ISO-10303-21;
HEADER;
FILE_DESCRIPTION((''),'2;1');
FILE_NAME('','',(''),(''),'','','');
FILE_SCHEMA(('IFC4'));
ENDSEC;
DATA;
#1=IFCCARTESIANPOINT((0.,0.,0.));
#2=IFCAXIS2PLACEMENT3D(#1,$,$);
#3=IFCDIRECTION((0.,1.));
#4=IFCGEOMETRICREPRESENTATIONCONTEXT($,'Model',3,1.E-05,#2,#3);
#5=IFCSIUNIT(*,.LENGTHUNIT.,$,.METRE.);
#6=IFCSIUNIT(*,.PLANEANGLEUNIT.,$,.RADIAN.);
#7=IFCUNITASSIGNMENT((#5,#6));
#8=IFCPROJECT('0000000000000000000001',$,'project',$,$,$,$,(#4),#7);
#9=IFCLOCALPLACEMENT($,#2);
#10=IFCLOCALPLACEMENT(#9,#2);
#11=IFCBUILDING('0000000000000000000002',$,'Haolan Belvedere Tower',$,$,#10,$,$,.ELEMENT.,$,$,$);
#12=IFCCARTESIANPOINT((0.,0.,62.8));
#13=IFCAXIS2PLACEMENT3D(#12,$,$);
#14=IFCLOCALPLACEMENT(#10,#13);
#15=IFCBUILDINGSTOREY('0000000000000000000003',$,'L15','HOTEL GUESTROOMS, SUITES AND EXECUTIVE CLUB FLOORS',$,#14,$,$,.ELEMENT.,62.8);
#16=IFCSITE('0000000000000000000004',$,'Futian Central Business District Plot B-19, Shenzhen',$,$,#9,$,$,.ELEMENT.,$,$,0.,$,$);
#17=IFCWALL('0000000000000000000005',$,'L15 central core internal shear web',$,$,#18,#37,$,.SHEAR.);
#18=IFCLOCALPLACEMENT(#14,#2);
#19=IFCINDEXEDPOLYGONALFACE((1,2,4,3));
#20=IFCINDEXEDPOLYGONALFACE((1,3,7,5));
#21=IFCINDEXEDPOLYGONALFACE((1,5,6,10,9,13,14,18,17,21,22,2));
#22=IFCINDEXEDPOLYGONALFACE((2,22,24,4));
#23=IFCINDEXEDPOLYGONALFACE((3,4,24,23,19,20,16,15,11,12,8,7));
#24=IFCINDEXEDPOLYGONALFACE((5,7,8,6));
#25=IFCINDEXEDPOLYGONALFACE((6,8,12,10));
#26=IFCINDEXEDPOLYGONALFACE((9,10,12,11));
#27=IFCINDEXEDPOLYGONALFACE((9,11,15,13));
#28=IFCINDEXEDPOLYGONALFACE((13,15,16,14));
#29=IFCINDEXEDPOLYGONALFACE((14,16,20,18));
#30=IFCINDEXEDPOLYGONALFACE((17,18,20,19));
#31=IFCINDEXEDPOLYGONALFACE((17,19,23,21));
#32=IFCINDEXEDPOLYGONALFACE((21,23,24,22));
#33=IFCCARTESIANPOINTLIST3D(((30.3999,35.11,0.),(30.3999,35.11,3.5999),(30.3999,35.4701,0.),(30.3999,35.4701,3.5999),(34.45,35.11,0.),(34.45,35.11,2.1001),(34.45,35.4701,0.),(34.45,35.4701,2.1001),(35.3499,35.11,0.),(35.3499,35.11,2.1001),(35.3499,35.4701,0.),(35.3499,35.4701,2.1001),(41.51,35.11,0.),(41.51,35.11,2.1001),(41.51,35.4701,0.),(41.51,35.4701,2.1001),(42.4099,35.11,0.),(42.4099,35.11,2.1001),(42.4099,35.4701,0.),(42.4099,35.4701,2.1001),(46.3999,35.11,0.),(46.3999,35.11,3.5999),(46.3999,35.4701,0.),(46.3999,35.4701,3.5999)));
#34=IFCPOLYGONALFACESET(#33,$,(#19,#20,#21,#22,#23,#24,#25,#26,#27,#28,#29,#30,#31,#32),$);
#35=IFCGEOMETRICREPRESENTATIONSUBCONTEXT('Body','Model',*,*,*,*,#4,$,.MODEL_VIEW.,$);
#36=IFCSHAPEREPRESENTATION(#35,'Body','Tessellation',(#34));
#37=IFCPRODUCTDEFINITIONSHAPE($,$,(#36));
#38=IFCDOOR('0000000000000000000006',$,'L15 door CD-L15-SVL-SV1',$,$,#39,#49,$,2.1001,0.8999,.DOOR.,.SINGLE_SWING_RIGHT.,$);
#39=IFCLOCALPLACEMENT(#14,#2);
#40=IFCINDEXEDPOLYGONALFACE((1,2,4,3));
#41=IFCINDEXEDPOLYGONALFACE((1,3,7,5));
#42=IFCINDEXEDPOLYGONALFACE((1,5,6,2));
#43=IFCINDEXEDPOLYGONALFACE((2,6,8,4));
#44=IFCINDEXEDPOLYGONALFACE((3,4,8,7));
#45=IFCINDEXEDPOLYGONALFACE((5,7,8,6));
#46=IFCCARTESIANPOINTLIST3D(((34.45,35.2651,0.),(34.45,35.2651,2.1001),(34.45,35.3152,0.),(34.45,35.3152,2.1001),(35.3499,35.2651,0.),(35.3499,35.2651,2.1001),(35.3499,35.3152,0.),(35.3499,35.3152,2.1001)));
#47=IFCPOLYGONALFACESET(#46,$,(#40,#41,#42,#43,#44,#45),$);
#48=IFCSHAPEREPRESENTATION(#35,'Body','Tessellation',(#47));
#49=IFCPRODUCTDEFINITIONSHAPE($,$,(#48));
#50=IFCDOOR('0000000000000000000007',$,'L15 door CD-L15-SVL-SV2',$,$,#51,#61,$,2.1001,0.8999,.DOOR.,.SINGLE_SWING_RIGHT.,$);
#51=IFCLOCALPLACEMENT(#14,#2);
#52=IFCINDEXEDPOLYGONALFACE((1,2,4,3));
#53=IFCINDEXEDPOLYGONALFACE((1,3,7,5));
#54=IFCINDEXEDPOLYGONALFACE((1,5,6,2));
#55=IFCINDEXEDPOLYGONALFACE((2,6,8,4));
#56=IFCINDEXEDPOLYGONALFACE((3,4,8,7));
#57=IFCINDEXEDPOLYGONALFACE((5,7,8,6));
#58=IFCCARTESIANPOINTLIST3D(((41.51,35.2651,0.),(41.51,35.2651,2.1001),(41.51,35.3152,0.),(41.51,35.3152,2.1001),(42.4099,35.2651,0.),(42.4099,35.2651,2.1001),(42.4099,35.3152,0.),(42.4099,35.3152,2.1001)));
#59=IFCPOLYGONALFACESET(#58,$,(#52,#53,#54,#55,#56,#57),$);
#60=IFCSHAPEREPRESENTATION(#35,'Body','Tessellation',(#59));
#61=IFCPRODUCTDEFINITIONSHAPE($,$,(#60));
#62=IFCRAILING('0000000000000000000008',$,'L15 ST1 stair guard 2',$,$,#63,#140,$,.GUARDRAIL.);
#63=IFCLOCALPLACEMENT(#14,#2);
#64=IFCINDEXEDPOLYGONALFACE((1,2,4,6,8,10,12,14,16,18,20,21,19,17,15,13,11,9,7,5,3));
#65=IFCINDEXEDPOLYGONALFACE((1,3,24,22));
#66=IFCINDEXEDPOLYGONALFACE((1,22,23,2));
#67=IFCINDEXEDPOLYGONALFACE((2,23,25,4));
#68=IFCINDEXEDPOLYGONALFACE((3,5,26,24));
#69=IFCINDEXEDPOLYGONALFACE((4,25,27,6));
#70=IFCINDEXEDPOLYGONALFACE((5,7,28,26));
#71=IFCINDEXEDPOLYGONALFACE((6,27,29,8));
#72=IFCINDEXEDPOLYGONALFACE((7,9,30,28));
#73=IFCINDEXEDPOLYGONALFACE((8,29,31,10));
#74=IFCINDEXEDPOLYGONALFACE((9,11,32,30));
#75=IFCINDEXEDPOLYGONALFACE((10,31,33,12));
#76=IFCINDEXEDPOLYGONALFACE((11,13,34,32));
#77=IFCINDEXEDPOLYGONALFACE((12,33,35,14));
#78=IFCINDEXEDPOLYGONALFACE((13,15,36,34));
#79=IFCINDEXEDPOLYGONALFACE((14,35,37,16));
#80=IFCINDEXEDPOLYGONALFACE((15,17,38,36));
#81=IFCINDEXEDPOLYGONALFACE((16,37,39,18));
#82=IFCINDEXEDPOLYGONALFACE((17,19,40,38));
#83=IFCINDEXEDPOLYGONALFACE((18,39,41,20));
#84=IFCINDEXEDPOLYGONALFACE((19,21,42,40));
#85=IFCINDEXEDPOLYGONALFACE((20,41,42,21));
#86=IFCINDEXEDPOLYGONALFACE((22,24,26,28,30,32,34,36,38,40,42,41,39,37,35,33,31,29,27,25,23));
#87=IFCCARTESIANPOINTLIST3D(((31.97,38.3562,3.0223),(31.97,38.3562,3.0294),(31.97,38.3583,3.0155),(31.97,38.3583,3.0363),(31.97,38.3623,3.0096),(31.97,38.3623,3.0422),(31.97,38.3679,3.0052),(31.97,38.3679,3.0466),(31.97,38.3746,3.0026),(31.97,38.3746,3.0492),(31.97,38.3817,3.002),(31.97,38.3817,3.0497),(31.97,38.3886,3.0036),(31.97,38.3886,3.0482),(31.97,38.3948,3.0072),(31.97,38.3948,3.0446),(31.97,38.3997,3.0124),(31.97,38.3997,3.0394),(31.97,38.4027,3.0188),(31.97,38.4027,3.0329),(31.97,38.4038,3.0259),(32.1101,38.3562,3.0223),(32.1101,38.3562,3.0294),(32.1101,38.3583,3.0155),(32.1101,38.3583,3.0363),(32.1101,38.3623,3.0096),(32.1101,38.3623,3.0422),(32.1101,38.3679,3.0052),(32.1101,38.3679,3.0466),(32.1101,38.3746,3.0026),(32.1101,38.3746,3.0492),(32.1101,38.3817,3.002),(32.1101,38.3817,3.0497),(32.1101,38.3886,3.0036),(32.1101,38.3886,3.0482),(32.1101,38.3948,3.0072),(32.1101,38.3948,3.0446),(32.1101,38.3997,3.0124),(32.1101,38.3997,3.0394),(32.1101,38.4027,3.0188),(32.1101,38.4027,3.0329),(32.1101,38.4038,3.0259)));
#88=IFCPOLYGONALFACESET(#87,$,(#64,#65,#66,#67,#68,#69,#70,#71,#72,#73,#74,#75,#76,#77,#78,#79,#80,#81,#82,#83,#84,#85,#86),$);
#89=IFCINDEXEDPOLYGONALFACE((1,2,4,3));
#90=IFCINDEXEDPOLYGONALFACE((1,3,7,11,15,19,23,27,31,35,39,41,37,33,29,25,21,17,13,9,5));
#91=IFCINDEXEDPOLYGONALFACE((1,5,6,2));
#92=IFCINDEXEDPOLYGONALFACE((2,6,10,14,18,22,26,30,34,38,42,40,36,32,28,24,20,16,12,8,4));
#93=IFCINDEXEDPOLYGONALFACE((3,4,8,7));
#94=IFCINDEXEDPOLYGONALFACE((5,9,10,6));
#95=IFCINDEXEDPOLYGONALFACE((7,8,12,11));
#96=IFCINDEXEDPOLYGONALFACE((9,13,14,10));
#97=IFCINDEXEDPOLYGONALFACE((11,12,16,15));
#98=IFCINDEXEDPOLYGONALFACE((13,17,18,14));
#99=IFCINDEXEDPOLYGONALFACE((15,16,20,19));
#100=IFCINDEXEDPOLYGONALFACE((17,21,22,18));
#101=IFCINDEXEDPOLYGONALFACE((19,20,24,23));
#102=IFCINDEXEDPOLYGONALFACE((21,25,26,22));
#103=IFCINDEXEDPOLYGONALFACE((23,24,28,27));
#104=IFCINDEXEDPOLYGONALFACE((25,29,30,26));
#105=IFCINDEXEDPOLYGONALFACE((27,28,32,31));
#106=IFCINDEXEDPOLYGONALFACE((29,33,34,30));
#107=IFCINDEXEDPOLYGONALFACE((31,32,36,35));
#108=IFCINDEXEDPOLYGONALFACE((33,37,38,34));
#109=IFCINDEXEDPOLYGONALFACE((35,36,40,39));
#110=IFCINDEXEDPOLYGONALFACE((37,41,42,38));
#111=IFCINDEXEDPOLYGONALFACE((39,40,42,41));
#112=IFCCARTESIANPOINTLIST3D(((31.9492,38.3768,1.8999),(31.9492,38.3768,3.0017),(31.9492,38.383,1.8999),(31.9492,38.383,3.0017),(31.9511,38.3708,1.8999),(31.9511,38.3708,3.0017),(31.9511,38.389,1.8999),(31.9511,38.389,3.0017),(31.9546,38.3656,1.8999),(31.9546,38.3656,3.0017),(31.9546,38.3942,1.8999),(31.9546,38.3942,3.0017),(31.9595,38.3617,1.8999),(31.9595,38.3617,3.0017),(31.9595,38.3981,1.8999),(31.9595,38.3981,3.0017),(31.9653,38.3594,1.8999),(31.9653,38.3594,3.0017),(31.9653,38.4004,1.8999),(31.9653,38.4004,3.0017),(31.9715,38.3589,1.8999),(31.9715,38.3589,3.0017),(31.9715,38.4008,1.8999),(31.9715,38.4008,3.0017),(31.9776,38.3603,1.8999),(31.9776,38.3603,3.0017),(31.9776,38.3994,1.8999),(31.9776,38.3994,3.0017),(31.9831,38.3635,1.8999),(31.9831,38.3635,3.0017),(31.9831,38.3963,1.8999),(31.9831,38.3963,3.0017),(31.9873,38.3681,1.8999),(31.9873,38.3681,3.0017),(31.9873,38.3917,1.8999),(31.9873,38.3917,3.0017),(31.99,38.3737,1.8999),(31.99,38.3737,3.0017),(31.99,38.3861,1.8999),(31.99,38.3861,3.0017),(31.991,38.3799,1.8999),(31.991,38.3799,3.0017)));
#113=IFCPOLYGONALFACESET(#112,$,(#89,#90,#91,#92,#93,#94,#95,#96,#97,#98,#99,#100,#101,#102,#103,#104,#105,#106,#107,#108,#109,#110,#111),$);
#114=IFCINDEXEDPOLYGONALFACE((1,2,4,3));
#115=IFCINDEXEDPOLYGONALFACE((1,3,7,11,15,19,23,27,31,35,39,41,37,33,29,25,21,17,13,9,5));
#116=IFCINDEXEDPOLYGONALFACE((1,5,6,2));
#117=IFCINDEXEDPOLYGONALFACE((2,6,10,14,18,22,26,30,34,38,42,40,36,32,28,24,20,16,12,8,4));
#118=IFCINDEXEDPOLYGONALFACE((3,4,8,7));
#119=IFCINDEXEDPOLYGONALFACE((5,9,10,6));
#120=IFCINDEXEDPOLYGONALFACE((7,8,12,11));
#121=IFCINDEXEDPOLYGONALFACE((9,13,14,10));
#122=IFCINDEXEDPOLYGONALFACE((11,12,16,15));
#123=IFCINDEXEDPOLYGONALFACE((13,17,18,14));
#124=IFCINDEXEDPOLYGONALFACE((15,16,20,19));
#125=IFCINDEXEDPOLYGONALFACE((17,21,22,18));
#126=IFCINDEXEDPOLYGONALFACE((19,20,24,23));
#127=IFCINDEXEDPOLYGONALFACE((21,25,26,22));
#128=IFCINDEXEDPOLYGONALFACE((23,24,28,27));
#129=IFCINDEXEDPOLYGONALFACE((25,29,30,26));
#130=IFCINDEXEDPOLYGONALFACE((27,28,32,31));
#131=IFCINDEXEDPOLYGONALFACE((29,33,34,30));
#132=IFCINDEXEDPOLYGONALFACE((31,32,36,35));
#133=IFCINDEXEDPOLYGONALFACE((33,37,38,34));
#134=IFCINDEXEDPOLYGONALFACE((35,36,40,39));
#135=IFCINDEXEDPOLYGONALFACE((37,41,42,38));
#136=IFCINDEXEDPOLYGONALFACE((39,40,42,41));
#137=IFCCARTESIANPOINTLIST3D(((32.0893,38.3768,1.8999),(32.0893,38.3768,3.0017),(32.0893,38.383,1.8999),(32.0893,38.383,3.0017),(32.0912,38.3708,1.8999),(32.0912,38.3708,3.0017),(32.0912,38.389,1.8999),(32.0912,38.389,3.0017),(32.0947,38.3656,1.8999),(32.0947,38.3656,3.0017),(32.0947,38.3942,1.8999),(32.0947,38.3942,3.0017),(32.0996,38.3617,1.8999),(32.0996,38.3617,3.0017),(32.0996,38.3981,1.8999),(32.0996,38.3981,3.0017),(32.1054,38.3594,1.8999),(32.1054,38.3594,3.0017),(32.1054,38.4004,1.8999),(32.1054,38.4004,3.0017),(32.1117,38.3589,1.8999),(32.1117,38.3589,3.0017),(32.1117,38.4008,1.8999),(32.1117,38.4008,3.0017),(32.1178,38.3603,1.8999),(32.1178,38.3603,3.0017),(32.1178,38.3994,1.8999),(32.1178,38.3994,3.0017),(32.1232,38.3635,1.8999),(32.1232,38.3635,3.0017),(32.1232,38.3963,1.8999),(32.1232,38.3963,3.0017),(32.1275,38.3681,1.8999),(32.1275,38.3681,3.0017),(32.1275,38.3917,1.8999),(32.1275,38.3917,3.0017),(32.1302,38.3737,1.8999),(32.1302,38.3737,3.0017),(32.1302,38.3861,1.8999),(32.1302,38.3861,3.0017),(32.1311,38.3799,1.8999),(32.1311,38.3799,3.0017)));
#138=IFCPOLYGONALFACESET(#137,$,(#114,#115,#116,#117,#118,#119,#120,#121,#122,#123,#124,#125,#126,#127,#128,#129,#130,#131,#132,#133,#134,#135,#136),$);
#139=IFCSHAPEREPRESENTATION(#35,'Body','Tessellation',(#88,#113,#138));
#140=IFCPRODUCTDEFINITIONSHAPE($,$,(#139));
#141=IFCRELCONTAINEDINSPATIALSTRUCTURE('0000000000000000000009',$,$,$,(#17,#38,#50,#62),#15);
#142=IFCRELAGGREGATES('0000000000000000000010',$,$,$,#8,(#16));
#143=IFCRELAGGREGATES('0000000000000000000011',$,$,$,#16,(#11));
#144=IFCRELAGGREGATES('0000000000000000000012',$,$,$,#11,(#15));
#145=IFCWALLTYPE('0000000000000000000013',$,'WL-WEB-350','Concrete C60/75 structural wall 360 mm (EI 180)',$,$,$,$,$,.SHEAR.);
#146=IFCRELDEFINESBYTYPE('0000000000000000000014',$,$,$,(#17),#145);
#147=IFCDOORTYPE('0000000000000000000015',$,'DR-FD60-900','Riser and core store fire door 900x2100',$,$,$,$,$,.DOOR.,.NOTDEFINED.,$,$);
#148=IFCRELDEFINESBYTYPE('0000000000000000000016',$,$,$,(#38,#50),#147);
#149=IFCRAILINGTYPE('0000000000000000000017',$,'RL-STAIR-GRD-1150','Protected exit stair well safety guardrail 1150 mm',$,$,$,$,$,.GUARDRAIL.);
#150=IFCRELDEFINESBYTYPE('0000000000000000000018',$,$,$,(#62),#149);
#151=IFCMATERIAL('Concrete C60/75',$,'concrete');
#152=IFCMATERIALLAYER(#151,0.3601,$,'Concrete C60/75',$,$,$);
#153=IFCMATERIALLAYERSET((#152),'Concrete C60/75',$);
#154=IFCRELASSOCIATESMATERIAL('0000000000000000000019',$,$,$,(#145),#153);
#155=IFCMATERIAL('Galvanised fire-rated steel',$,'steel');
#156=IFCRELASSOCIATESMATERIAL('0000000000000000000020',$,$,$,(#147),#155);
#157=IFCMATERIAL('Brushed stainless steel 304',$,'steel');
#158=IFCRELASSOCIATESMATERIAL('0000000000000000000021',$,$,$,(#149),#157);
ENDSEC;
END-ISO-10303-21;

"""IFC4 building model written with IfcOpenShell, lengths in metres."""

from ifc_helpers import new_model, si_unit, direction, frame, frame_2d, origin, origin_2d, place, context, subcontext, project, spatial, rectangle, circle, extrude, material, layer, layer_set, type_object, element, fill, save


model = new_model("IFC4")

# Units and contexts
model_context = context("Model", 3, precision=1e-05, world=origin(), true_north=direction((0.0, 1.0)))
body_context = subcontext(model_context, "Body", "Model", "MODEL_VIEW")
ifc_project = project(units=[si_unit("LENGTHUNIT", "METRE"), si_unit("PLANEANGLEUNIT", "RADIAN")], contexts=[model_context])

# Site, building, storey
site_placement = place(None, origin())
site = spatial("IfcSite", under=ifc_project, at=site_placement, Name="Futian Central Business District Plot B-19, Shenzhen", CompositionType="ELEMENT", RefElevation=0.0)
building_placement = place(site_placement, origin())
building = spatial("IfcBuilding", under=site, at=building_placement, Name="Haolan Belvedere Tower", CompositionType="ELEMENT")
storey_placement = place(building_placement, frame((0.0, 0.0, 62.8)))
storey = spatial("IfcBuildingStorey", under=building, at=storey_placement, Name="L15", Description="HOTEL GUESTROOMS, SUITES AND EXECUTIVE CLUB FLOORS", CompositionType="ELEMENT", Elevation=62.8)

# Shared definitions
ifc_material_1 = material(Name="Concrete C60/75", Category="concrete")

# Wall, openings, doors
ifc_layer_1 = layer(ifc_material_1, 0.3601, Name="Concrete C60/75")
ifc_layer_set_1 = layer_set([ifc_layer_1], Name="Concrete C60/75")
wall_type_1 = type_object("IfcWallType", Name="WL-WEB-350", Description="Concrete C60/75 structural wall 360 mm (EI 180)", PredefinedType="SHEAR", material=ifc_layer_set_1)
wall_1_placement = place(storey_placement, frame((30.3999, 35.29, 0.0), z_axis=(0.0, 0.0, 1.0), x_axis=(1.0, 0.0, 0.0)))
wall_1 = element("IfcWall", 1, at=wall_1_placement, inside=storey, type_object=wall_type_1, Name="L15 central core internal shear web", PredefinedType="SHEAR", context=body_context, shape_type="SweptSolid", body=[
    extrude(rectangle(XDim=16.0, YDim=0.3601, at=frame_2d((8.0, 0.0))), origin(), (0.0, 0.0, 1.0), 3.5999),
])
opening_1_placement = place(wall_1_placement, frame((4.95, 0.0, 0.0), z_axis=(0.0, 0.0, 1.0), x_axis=(-1.0, 0.0, 0.0)))
opening_1 = element("IfcOpeningElement", 2, at=opening_1_placement, cuts=wall_1, PredefinedType="OPENING", context=body_context, shape_type="SweptSolid", body=[
    extrude(rectangle(XDim=0.8999, YDim=2.1001, at=frame_2d((0.45, 1.05))), frame((0.0, 0.1899, 0.0), z_axis=(0.0, -1.0, 0.0), x_axis=(1.0, 0.0, 0.0)), (0.0, 0.0, 1.0), 0.3801),
])
opening_2_placement = place(wall_1_placement, frame((12.01, 0.0, 0.0), z_axis=(0.0, 0.0, 1.0), x_axis=(-1.0, 0.0, 0.0)))
opening_2 = element("IfcOpeningElement", 3, at=opening_2_placement, cuts=wall_1, PredefinedType="OPENING", context=body_context, shape_type="SweptSolid", body=[
    extrude(rectangle(XDim=0.8999, YDim=2.1001, at=frame_2d((0.45, 1.05))), frame((0.0, 0.1899, 0.0), z_axis=(0.0, -1.0, 0.0), x_axis=(1.0, 0.0, 0.0)), (0.0, 0.0, 1.0), 0.3801),
])
ifc_material_2 = material(Name="Galvanised fire-rated steel", Category="steel")
door_type_1 = type_object("IfcDoorType", Name="DR-FD60-900", Description="Riser and core store fire door 900x2100", OperationType="NOTDEFINED", PredefinedType="DOOR", material=ifc_material_2)
door_1_placement = place(opening_1_placement, origin())
door_1 = element("IfcDoor", 4, at=door_1_placement, inside=storey, type_object=door_type_1, Name="L15 door CD-L15-SVL-SV1", OperationType="SINGLE_SWING_RIGHT", OverallHeight=2.1001, OverallWidth=0.8999, PredefinedType="DOOR", context=body_context, shape_type="SweptSolid", body=[
    extrude(rectangle(XDim=0.8999, YDim=2.1001, at=frame_2d((0.45, 1.05))), frame((0.0, 0.0249, 0.0), z_axis=(0.0, -1.0, 0.0), x_axis=(1.0, 0.0, 0.0)), (0.0, 0.0, 1.0), 0.05),
])
fill(opening_1, door_1)
door_2_placement = place(opening_2_placement, origin())
door_2 = element("IfcDoor", 5, at=door_2_placement, inside=storey, type_object=door_type_1, Name="L15 door CD-L15-SVL-SV2", OperationType="SINGLE_SWING_RIGHT", OverallHeight=2.1001, OverallWidth=0.8999, PredefinedType="DOOR", context=body_context, shape_type="SweptSolid", body=[
    extrude(rectangle(XDim=0.8999, YDim=2.1001, at=frame_2d((0.45, 1.05))), frame((0.0, 0.0249, 0.0), z_axis=(0.0, -1.0, 0.0), x_axis=(1.0, 0.0, 0.0)), (0.0, 0.0, 1.0), 0.05),
])
fill(opening_2, door_2)

# Railing
ifc_material_3 = material(Name="Brushed stainless steel 304", Category="steel")
railing_type_1 = type_object("IfcRailingType", Name="RL-STAIR-GRD-1150", Description="Protected exit stair well safety guardrail 1150 mm", PredefinedType="GUARDRAIL", material=ifc_material_3)
railing_1_placement = place(storey_placement, frame((31.97, 38.3799, 1.8999)))
element("IfcRailing", 6, at=railing_1_placement, inside=storey, type_object=railing_type_1, Name="L15 ST1 stair guard 2", PredefinedType="GUARDRAIL", context=body_context, shape_type="SweptSolid", body=[
    extrude(circle(Radius=0.0239, at=origin_2d()), frame((0.0, 0.0, 1.126), z_axis=(1.0, 0.0, 0.0), x_axis=(0.0, 1.0, 0.0)), (0.0, 0.0, 1.0), 0.1401),
    extrude(circle(Radius=0.021, at=origin_2d()), origin(), (0.0, 0.0, 1.0), 1.1018),
    extrude(circle(Radius=0.021, at=origin_2d()), frame((0.1401, 0.0, 0.0)), (0.0, 0.0, 1.0), 1.1018),
])

save(model, "model.ifc")
